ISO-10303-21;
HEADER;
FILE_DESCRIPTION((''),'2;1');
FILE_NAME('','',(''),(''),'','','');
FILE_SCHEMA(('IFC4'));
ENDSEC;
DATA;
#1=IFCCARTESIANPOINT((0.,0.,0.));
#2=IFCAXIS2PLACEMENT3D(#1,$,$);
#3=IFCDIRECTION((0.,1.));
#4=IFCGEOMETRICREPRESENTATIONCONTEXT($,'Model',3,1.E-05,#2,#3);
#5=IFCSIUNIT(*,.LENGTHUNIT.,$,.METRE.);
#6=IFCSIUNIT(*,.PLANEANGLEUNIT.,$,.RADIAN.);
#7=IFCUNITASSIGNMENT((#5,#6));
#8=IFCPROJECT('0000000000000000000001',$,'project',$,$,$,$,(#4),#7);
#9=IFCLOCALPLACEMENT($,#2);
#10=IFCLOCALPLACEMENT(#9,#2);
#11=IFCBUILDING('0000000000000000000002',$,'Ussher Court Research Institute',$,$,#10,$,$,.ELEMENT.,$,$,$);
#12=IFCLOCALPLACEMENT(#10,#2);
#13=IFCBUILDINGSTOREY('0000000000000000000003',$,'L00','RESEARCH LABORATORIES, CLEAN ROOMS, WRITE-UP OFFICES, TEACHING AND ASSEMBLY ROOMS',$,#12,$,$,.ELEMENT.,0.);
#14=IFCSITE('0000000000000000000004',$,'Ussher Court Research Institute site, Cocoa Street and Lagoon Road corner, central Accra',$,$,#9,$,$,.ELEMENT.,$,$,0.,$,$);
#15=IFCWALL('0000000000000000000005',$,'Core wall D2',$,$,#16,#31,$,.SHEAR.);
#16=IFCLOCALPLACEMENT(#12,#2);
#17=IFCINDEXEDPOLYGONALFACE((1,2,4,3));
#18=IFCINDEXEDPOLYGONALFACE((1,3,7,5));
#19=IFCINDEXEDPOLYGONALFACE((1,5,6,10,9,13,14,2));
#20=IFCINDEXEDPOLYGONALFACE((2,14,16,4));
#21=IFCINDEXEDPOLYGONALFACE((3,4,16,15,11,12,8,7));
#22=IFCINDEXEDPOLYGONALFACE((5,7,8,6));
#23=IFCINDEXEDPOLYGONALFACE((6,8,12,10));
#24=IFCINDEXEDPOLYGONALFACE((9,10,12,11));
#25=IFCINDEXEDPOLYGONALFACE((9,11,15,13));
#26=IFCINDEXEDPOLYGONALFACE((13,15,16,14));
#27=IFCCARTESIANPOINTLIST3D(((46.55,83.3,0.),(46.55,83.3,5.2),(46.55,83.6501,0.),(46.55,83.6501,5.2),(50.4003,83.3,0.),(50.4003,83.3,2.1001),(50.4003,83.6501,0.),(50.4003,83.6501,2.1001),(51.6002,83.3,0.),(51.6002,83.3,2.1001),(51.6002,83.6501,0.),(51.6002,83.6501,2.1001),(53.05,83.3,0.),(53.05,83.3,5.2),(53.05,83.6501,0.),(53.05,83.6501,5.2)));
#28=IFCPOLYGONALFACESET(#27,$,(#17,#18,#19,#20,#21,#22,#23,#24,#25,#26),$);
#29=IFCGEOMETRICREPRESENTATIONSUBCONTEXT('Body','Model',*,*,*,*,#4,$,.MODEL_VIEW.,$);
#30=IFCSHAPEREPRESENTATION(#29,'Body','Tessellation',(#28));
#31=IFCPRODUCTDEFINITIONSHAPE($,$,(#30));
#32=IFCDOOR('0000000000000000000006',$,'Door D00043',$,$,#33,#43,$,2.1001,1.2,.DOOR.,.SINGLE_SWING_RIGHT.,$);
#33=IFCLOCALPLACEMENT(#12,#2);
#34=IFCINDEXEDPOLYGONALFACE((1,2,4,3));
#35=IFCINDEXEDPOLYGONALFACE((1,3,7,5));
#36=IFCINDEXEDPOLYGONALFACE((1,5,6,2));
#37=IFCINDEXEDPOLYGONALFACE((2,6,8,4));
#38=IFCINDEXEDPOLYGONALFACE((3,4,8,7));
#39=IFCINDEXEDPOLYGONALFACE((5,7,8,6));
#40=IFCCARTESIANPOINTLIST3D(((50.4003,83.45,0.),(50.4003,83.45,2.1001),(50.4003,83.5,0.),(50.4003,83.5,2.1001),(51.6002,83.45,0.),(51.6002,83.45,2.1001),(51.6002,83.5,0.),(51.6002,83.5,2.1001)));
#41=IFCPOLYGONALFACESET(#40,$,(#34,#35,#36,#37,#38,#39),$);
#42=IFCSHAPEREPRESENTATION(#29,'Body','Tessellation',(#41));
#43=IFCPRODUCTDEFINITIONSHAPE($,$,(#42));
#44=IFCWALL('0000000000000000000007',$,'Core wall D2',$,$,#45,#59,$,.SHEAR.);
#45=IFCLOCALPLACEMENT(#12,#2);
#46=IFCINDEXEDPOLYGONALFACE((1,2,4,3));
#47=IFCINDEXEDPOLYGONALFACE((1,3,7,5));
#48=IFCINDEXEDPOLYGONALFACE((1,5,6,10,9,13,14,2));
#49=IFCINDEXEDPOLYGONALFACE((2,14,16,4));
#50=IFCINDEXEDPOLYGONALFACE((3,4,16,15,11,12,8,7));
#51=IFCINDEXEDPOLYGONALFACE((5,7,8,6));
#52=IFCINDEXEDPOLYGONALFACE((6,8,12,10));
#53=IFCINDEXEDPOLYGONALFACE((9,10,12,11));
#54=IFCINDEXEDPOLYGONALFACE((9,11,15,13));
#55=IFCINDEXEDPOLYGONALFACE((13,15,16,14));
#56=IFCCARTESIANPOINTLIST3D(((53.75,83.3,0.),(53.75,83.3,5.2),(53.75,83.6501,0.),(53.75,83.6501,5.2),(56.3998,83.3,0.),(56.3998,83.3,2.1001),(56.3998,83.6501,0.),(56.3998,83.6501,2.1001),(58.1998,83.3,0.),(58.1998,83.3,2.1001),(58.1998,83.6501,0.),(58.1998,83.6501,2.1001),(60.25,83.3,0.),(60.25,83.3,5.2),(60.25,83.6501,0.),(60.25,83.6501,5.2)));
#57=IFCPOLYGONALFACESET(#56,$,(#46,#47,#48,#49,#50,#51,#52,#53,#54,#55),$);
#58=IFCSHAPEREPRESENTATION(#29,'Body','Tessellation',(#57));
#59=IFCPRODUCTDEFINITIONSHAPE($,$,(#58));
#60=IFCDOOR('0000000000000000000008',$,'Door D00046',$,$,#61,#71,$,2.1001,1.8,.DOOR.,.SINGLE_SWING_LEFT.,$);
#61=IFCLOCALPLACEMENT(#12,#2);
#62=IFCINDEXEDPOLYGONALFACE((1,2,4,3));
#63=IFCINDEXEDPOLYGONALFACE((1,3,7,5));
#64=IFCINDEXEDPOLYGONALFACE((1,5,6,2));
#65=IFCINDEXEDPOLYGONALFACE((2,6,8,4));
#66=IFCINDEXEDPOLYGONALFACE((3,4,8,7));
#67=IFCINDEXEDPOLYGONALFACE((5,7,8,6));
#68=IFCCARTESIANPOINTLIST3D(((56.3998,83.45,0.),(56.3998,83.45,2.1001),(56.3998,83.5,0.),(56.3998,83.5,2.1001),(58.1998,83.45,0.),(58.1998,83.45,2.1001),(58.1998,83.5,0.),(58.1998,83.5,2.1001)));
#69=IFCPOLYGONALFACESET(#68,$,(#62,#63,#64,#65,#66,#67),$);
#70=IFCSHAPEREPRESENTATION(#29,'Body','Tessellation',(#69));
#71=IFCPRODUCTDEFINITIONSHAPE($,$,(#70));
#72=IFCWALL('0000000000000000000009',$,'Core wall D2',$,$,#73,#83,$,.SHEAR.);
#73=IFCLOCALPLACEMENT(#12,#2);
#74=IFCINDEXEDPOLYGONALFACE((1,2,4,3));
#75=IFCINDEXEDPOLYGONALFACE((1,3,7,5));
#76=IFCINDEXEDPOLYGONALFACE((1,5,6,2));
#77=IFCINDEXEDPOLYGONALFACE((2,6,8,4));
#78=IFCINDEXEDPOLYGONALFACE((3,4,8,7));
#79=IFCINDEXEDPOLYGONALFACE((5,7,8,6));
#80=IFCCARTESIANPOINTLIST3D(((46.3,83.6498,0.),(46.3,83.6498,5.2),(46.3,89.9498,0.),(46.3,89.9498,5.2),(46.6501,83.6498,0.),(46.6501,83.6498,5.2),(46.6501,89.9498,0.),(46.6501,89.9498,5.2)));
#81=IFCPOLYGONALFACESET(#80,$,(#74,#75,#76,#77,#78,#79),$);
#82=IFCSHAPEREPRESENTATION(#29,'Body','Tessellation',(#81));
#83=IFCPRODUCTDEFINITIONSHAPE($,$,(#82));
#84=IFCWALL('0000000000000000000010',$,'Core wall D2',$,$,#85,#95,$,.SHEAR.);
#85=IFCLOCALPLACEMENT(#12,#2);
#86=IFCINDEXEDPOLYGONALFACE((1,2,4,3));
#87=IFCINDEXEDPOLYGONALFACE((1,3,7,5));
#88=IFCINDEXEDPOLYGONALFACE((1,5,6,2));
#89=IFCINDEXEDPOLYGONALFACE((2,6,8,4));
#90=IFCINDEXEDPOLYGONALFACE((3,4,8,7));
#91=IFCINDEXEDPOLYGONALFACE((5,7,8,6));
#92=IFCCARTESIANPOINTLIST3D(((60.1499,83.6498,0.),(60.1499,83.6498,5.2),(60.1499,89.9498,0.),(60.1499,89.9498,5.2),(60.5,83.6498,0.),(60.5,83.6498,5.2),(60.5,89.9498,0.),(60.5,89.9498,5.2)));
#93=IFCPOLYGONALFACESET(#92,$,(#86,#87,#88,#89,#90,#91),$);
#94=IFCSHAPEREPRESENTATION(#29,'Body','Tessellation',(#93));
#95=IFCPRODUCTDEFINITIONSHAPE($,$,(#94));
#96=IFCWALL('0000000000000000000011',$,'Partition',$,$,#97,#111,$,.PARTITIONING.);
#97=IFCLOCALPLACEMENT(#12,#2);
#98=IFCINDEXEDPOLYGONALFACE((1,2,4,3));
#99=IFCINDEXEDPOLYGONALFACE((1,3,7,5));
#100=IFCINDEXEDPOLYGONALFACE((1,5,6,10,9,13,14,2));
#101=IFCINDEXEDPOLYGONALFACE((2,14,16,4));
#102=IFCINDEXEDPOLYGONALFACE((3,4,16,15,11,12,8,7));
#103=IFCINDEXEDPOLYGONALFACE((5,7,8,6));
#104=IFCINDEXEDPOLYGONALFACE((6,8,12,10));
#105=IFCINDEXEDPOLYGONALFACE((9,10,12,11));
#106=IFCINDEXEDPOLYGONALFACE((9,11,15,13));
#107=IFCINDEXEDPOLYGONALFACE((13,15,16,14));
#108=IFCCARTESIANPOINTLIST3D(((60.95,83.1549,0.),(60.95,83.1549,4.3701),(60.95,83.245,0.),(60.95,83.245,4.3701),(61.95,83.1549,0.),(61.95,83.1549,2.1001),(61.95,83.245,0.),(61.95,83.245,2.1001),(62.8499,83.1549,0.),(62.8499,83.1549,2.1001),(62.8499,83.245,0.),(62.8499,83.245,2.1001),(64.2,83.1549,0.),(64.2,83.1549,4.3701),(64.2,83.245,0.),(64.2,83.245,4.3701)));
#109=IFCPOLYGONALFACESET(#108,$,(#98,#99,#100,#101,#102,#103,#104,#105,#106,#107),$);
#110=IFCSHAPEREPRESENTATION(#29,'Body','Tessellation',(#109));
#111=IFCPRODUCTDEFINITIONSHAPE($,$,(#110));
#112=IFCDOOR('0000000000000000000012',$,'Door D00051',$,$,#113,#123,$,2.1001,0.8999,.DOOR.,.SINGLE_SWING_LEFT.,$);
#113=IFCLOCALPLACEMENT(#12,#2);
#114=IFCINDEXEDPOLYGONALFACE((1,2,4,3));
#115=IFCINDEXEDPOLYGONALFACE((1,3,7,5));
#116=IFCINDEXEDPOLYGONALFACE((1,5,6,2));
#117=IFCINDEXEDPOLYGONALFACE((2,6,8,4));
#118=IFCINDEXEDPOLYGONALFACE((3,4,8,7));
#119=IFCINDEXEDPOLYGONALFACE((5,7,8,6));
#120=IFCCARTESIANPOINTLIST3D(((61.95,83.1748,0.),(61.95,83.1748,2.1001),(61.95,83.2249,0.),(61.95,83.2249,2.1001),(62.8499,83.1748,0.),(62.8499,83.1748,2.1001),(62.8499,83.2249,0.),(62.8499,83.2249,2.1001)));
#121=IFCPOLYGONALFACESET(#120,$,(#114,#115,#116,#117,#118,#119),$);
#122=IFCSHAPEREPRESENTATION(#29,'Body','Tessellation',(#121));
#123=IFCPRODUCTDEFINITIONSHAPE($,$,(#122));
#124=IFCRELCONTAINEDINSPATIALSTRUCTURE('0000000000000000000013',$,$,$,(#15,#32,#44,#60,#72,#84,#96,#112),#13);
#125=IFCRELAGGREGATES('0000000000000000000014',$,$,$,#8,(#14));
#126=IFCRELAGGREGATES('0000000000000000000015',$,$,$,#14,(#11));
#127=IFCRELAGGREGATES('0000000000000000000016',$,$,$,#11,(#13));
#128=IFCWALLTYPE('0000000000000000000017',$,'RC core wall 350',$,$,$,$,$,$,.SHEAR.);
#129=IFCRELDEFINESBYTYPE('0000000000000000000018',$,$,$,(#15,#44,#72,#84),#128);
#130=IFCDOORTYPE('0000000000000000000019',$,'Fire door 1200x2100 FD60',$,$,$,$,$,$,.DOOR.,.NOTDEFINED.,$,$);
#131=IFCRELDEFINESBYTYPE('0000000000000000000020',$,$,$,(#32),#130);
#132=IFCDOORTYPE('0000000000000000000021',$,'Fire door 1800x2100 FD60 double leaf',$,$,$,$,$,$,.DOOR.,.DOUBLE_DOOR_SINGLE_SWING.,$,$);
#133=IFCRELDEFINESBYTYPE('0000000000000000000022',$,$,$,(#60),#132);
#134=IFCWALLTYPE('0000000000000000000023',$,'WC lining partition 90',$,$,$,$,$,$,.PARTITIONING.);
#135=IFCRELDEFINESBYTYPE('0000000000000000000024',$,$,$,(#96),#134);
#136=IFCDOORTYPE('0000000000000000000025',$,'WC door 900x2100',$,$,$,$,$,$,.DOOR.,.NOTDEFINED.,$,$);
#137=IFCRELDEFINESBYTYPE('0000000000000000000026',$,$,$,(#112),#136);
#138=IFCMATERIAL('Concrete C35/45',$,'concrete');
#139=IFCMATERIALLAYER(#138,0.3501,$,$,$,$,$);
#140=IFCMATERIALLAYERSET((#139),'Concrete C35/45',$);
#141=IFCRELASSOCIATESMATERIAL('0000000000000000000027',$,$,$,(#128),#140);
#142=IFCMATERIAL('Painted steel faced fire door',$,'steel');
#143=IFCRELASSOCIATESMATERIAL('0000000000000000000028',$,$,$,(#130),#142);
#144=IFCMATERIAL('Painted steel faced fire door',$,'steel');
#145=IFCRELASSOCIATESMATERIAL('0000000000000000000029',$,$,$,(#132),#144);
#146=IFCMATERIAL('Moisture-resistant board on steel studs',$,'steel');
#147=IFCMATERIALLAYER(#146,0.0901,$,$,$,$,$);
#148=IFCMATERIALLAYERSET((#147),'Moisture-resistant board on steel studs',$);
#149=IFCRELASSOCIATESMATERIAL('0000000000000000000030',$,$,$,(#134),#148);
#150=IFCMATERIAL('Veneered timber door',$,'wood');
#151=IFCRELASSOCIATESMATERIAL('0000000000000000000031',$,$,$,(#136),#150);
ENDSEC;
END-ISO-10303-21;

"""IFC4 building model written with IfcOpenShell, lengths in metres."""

from ifc_helpers import new_model, si_unit, direction, frame, frame_2d, origin, place, context, subcontext, project, spatial, rectangle, extrude, material, layer, layer_set, type_object, element, fill, save


model = new_model("IFC4")

# Units and contexts
model_context = context("Model", 3, precision=1e-05, world=origin(), true_north=direction((0.0, 1.0)))
body_context = subcontext(model_context, "Body", "Model", "MODEL_VIEW")
ifc_project = project(units=[si_unit("LENGTHUNIT", "METRE"), si_unit("PLANEANGLEUNIT", "RADIAN")], contexts=[model_context])

# Site, building, storey
site_placement = place(None, origin())
site = spatial("IfcSite", under=ifc_project, at=site_placement, Name="Ussher Court Research Institute site, Cocoa Street and Lagoon Road corner, central Accra", CompositionType="ELEMENT", RefElevation=0.0)
building_placement = place(site_placement, origin())
building = spatial("IfcBuilding", under=site, at=building_placement, Name="Ussher Court Research Institute", CompositionType="ELEMENT")
storey_placement = place(building_placement, origin())
storey = spatial("IfcBuildingStorey", under=building, at=storey_placement, Name="L00", Description="RESEARCH LABORATORIES, CLEAN ROOMS, WRITE-UP OFFICES, TEACHING AND ASSEMBLY ROOMS", CompositionType="ELEMENT", Elevation=0.0)

# Walls, openings, doors
ifc_material_1 = material(Name="Concrete C35/45", Category="concrete")
ifc_layer_1 = layer(ifc_material_1, 0.3501)
ifc_layer_set_1 = layer_set([ifc_layer_1], Name="Concrete C35/45")
wall_type_1 = type_object("IfcWallType", Name="RC core wall 350", PredefinedType="SHEAR", material=ifc_layer_set_1)
wall_1_placement = place(storey_placement, frame((46.55, 83.4751, 0.0), z_axis=(0.0, 0.0, 1.0), x_axis=(1.0, 0.0, 0.0)))
wall_1 = element("IfcWall", 1, at=wall_1_placement, inside=storey, type_object=wall_type_1, Name="Core wall D2", PredefinedType="SHEAR", context=body_context, shape_type="SweptSolid", body=[
    extrude(rectangle(XDim=6.5, YDim=0.3501, at=frame_2d((3.25, 0.0))), origin(), (0.0, 0.0, 1.0), 5.2),
])
opening_1_placement = place(wall_1_placement, frame((3.8501, 0.0, 0.0)))
opening_1 = element("IfcOpeningElement", 2, at=opening_1_placement, cuts=wall_1, PredefinedType="OPENING", context=body_context, shape_type="SweptSolid", body=[
    extrude(rectangle(XDim=1.2, YDim=2.1001, at=frame_2d((0.6001, 1.05))), frame((0.0, 0.1851, 0.0), z_axis=(0.0, -1.0, 0.0), x_axis=(1.0, 0.0, 0.0)), (0.0, 0.0, 1.0), 0.3701),
])
ifc_material_2 = material(Name="Painted steel faced fire door", Category="steel")
door_type_1 = type_object("IfcDoorType", Name="Fire door 1200x2100 FD60", OperationType="NOTDEFINED", PredefinedType="DOOR", material=ifc_material_2)
door_1_placement = place(opening_1_placement, origin())
door_1 = element("IfcDoor", 3, at=door_1_placement, inside=storey, type_object=door_type_1, Name="Door D00043", OperationType="SINGLE_SWING_RIGHT", OverallHeight=2.1001, OverallWidth=1.2, PredefinedType="DOOR", context=body_context, shape_type="SweptSolid", body=[
    extrude(rectangle(XDim=1.2, YDim=2.1001, at=frame_2d((0.6001, 1.05))), frame((0.0, 0.0249, 0.0), z_axis=(0.0, -1.0, 0.0), x_axis=(1.0, 0.0, 0.0)), (0.0, 0.0, 1.0), 0.05),
])
fill(opening_1, door_1)
wall_2_placement = place(storey_placement, frame((53.75, 83.4751, 0.0), z_axis=(0.0, 0.0, 1.0), x_axis=(1.0, 0.0, 0.0)))
wall_2 = element("IfcWall", 4, at=wall_2_placement, inside=storey, type_object=wall_type_1, Name="Core wall D2", PredefinedType="SHEAR", context=body_context, shape_type="SweptSolid", body=[
    extrude(rectangle(XDim=6.5, YDim=0.3501, at=frame_2d((3.25, 0.0))), origin(), (0.0, 0.0, 1.0), 5.2),
])
opening_2_placement = place(wall_2_placement, frame((2.6499, 0.0, 0.0)))
opening_2 = element("IfcOpeningElement", 5, at=opening_2_placement, cuts=wall_2, PredefinedType="OPENING", context=body_context, shape_type="SweptSolid", body=[
    extrude(rectangle(XDim=1.8, YDim=2.1001, at=frame_2d((0.8999, 1.05))), frame((0.0, 0.1851, 0.0), z_axis=(0.0, -1.0, 0.0), x_axis=(1.0, 0.0, 0.0)), (0.0, 0.0, 1.0), 0.3701),
])
ifc_material_3 = material(Name="Painted steel faced fire door", Category="steel")
door_type_2 = type_object("IfcDoorType", Name="Fire door 1800x2100 FD60 double leaf", OperationType="DOUBLE_DOOR_SINGLE_SWING", PredefinedType="DOOR", material=ifc_material_3)
door_2_placement = place(opening_2_placement, origin())
door_2 = element("IfcDoor", 6, at=door_2_placement, inside=storey, type_object=door_type_2, Name="Door D00046", OperationType="SINGLE_SWING_LEFT", OverallHeight=2.1001, OverallWidth=1.8, PredefinedType="DOOR", context=body_context, shape_type="SweptSolid", body=[
    extrude(rectangle(XDim=1.8, YDim=2.1001, at=frame_2d((0.8999, 1.05))), frame((0.0, 0.0249, 0.0), z_axis=(0.0, -1.0, 0.0), x_axis=(1.0, 0.0, 0.0)), (0.0, 0.0, 1.0), 0.05),
])
fill(opening_2, door_2)

# Walls
for number, where, z_axis, x_axis, name in (
    (7, (46.4751, 83.6499, 0.0), (0.0, 0.0, 1.0), (0.0, 1.0, 0.0), "Core wall D2"),
    (8, (60.325, 83.6499, 0.0), (0.0, 0.0, 1.0), (0.0, 1.0, 0.0), "Core wall D2"),
):
    element("IfcWall", number, at=place(storey_placement, frame(where, z_axis=z_axis, x_axis=x_axis)), inside=storey, type_object=wall_type_1, Name=name, PredefinedType="SHEAR", context=body_context, shape_type="SweptSolid", body=[
        extrude(rectangle(XDim=6.3, YDim=0.3501, at=frame_2d((3.1499, 0.0))), origin(), (0.0, 0.0, 1.0), 5.2),
    ])

# Wall, opening, door
ifc_material_4 = material(Name="Moisture-resistant board on steel studs", Category="steel")
ifc_layer_2 = layer(ifc_material_4, 0.0901)
ifc_layer_set_2 = layer_set([ifc_layer_2], Name="Moisture-resistant board on steel studs")
wall_type_2 = type_object("IfcWallType", Name="WC lining partition 90", PredefinedType="PARTITIONING", material=ifc_layer_set_2)
wall_3_placement = place(storey_placement, frame((60.95, 83.2, 0.0), z_axis=(0.0, 0.0, 1.0), x_axis=(1.0, 0.0, 0.0)))
wall_3 = element("IfcWall", 9, at=wall_3_placement, inside=storey, type_object=wall_type_2, Name="Partition", PredefinedType="PARTITIONING", context=body_context, shape_type="SweptSolid", body=[
    extrude(rectangle(XDim=3.25, YDim=0.0901, at=frame_2d((1.625, 0.0))), origin(), (0.0, 0.0, 1.0), 4.3701),
])
opening_3_placement = place(wall_3_placement, frame((1.0, 0.0, 0.0)))
opening_3 = element("IfcOpeningElement", 10, at=opening_3_placement, cuts=wall_3, PredefinedType="OPENING", context=body_context, shape_type="SweptSolid", body=[
    extrude(rectangle(XDim=0.8999, YDim=2.1001, at=frame_2d((0.45, 1.05))), frame((0.0, 0.0552, 0.0), z_axis=(0.0, -1.0, 0.0), x_axis=(1.0, 0.0, 0.0)), (0.0, 0.0, 1.0), 0.1101),
])
ifc_material_5 = material(Name="Veneered timber door", Category="wood")
door_type_3 = type_object("IfcDoorType", Name="WC door 900x2100", OperationType="NOTDEFINED", PredefinedType="DOOR", material=ifc_material_5)
door_3_placement = place(opening_3_placement, origin())
door_3 = element("IfcDoor", 11, at=door_3_placement, inside=storey, type_object=door_type_3, Name="Door D00051", OperationType="SINGLE_SWING_LEFT", OverallHeight=2.1001, OverallWidth=0.8999, PredefinedType="DOOR", context=body_context, shape_type="SweptSolid", body=[
    extrude(rectangle(XDim=0.8999, YDim=2.1001, at=frame_2d((0.45, 1.05))), frame((0.0, 0.0249, 0.0), z_axis=(0.0, -1.0, 0.0), x_axis=(1.0, 0.0, 0.0)), (0.0, 0.0, 1.0), 0.05),
])
fill(opening_3, door_3)

save(model, "model.ifc")
